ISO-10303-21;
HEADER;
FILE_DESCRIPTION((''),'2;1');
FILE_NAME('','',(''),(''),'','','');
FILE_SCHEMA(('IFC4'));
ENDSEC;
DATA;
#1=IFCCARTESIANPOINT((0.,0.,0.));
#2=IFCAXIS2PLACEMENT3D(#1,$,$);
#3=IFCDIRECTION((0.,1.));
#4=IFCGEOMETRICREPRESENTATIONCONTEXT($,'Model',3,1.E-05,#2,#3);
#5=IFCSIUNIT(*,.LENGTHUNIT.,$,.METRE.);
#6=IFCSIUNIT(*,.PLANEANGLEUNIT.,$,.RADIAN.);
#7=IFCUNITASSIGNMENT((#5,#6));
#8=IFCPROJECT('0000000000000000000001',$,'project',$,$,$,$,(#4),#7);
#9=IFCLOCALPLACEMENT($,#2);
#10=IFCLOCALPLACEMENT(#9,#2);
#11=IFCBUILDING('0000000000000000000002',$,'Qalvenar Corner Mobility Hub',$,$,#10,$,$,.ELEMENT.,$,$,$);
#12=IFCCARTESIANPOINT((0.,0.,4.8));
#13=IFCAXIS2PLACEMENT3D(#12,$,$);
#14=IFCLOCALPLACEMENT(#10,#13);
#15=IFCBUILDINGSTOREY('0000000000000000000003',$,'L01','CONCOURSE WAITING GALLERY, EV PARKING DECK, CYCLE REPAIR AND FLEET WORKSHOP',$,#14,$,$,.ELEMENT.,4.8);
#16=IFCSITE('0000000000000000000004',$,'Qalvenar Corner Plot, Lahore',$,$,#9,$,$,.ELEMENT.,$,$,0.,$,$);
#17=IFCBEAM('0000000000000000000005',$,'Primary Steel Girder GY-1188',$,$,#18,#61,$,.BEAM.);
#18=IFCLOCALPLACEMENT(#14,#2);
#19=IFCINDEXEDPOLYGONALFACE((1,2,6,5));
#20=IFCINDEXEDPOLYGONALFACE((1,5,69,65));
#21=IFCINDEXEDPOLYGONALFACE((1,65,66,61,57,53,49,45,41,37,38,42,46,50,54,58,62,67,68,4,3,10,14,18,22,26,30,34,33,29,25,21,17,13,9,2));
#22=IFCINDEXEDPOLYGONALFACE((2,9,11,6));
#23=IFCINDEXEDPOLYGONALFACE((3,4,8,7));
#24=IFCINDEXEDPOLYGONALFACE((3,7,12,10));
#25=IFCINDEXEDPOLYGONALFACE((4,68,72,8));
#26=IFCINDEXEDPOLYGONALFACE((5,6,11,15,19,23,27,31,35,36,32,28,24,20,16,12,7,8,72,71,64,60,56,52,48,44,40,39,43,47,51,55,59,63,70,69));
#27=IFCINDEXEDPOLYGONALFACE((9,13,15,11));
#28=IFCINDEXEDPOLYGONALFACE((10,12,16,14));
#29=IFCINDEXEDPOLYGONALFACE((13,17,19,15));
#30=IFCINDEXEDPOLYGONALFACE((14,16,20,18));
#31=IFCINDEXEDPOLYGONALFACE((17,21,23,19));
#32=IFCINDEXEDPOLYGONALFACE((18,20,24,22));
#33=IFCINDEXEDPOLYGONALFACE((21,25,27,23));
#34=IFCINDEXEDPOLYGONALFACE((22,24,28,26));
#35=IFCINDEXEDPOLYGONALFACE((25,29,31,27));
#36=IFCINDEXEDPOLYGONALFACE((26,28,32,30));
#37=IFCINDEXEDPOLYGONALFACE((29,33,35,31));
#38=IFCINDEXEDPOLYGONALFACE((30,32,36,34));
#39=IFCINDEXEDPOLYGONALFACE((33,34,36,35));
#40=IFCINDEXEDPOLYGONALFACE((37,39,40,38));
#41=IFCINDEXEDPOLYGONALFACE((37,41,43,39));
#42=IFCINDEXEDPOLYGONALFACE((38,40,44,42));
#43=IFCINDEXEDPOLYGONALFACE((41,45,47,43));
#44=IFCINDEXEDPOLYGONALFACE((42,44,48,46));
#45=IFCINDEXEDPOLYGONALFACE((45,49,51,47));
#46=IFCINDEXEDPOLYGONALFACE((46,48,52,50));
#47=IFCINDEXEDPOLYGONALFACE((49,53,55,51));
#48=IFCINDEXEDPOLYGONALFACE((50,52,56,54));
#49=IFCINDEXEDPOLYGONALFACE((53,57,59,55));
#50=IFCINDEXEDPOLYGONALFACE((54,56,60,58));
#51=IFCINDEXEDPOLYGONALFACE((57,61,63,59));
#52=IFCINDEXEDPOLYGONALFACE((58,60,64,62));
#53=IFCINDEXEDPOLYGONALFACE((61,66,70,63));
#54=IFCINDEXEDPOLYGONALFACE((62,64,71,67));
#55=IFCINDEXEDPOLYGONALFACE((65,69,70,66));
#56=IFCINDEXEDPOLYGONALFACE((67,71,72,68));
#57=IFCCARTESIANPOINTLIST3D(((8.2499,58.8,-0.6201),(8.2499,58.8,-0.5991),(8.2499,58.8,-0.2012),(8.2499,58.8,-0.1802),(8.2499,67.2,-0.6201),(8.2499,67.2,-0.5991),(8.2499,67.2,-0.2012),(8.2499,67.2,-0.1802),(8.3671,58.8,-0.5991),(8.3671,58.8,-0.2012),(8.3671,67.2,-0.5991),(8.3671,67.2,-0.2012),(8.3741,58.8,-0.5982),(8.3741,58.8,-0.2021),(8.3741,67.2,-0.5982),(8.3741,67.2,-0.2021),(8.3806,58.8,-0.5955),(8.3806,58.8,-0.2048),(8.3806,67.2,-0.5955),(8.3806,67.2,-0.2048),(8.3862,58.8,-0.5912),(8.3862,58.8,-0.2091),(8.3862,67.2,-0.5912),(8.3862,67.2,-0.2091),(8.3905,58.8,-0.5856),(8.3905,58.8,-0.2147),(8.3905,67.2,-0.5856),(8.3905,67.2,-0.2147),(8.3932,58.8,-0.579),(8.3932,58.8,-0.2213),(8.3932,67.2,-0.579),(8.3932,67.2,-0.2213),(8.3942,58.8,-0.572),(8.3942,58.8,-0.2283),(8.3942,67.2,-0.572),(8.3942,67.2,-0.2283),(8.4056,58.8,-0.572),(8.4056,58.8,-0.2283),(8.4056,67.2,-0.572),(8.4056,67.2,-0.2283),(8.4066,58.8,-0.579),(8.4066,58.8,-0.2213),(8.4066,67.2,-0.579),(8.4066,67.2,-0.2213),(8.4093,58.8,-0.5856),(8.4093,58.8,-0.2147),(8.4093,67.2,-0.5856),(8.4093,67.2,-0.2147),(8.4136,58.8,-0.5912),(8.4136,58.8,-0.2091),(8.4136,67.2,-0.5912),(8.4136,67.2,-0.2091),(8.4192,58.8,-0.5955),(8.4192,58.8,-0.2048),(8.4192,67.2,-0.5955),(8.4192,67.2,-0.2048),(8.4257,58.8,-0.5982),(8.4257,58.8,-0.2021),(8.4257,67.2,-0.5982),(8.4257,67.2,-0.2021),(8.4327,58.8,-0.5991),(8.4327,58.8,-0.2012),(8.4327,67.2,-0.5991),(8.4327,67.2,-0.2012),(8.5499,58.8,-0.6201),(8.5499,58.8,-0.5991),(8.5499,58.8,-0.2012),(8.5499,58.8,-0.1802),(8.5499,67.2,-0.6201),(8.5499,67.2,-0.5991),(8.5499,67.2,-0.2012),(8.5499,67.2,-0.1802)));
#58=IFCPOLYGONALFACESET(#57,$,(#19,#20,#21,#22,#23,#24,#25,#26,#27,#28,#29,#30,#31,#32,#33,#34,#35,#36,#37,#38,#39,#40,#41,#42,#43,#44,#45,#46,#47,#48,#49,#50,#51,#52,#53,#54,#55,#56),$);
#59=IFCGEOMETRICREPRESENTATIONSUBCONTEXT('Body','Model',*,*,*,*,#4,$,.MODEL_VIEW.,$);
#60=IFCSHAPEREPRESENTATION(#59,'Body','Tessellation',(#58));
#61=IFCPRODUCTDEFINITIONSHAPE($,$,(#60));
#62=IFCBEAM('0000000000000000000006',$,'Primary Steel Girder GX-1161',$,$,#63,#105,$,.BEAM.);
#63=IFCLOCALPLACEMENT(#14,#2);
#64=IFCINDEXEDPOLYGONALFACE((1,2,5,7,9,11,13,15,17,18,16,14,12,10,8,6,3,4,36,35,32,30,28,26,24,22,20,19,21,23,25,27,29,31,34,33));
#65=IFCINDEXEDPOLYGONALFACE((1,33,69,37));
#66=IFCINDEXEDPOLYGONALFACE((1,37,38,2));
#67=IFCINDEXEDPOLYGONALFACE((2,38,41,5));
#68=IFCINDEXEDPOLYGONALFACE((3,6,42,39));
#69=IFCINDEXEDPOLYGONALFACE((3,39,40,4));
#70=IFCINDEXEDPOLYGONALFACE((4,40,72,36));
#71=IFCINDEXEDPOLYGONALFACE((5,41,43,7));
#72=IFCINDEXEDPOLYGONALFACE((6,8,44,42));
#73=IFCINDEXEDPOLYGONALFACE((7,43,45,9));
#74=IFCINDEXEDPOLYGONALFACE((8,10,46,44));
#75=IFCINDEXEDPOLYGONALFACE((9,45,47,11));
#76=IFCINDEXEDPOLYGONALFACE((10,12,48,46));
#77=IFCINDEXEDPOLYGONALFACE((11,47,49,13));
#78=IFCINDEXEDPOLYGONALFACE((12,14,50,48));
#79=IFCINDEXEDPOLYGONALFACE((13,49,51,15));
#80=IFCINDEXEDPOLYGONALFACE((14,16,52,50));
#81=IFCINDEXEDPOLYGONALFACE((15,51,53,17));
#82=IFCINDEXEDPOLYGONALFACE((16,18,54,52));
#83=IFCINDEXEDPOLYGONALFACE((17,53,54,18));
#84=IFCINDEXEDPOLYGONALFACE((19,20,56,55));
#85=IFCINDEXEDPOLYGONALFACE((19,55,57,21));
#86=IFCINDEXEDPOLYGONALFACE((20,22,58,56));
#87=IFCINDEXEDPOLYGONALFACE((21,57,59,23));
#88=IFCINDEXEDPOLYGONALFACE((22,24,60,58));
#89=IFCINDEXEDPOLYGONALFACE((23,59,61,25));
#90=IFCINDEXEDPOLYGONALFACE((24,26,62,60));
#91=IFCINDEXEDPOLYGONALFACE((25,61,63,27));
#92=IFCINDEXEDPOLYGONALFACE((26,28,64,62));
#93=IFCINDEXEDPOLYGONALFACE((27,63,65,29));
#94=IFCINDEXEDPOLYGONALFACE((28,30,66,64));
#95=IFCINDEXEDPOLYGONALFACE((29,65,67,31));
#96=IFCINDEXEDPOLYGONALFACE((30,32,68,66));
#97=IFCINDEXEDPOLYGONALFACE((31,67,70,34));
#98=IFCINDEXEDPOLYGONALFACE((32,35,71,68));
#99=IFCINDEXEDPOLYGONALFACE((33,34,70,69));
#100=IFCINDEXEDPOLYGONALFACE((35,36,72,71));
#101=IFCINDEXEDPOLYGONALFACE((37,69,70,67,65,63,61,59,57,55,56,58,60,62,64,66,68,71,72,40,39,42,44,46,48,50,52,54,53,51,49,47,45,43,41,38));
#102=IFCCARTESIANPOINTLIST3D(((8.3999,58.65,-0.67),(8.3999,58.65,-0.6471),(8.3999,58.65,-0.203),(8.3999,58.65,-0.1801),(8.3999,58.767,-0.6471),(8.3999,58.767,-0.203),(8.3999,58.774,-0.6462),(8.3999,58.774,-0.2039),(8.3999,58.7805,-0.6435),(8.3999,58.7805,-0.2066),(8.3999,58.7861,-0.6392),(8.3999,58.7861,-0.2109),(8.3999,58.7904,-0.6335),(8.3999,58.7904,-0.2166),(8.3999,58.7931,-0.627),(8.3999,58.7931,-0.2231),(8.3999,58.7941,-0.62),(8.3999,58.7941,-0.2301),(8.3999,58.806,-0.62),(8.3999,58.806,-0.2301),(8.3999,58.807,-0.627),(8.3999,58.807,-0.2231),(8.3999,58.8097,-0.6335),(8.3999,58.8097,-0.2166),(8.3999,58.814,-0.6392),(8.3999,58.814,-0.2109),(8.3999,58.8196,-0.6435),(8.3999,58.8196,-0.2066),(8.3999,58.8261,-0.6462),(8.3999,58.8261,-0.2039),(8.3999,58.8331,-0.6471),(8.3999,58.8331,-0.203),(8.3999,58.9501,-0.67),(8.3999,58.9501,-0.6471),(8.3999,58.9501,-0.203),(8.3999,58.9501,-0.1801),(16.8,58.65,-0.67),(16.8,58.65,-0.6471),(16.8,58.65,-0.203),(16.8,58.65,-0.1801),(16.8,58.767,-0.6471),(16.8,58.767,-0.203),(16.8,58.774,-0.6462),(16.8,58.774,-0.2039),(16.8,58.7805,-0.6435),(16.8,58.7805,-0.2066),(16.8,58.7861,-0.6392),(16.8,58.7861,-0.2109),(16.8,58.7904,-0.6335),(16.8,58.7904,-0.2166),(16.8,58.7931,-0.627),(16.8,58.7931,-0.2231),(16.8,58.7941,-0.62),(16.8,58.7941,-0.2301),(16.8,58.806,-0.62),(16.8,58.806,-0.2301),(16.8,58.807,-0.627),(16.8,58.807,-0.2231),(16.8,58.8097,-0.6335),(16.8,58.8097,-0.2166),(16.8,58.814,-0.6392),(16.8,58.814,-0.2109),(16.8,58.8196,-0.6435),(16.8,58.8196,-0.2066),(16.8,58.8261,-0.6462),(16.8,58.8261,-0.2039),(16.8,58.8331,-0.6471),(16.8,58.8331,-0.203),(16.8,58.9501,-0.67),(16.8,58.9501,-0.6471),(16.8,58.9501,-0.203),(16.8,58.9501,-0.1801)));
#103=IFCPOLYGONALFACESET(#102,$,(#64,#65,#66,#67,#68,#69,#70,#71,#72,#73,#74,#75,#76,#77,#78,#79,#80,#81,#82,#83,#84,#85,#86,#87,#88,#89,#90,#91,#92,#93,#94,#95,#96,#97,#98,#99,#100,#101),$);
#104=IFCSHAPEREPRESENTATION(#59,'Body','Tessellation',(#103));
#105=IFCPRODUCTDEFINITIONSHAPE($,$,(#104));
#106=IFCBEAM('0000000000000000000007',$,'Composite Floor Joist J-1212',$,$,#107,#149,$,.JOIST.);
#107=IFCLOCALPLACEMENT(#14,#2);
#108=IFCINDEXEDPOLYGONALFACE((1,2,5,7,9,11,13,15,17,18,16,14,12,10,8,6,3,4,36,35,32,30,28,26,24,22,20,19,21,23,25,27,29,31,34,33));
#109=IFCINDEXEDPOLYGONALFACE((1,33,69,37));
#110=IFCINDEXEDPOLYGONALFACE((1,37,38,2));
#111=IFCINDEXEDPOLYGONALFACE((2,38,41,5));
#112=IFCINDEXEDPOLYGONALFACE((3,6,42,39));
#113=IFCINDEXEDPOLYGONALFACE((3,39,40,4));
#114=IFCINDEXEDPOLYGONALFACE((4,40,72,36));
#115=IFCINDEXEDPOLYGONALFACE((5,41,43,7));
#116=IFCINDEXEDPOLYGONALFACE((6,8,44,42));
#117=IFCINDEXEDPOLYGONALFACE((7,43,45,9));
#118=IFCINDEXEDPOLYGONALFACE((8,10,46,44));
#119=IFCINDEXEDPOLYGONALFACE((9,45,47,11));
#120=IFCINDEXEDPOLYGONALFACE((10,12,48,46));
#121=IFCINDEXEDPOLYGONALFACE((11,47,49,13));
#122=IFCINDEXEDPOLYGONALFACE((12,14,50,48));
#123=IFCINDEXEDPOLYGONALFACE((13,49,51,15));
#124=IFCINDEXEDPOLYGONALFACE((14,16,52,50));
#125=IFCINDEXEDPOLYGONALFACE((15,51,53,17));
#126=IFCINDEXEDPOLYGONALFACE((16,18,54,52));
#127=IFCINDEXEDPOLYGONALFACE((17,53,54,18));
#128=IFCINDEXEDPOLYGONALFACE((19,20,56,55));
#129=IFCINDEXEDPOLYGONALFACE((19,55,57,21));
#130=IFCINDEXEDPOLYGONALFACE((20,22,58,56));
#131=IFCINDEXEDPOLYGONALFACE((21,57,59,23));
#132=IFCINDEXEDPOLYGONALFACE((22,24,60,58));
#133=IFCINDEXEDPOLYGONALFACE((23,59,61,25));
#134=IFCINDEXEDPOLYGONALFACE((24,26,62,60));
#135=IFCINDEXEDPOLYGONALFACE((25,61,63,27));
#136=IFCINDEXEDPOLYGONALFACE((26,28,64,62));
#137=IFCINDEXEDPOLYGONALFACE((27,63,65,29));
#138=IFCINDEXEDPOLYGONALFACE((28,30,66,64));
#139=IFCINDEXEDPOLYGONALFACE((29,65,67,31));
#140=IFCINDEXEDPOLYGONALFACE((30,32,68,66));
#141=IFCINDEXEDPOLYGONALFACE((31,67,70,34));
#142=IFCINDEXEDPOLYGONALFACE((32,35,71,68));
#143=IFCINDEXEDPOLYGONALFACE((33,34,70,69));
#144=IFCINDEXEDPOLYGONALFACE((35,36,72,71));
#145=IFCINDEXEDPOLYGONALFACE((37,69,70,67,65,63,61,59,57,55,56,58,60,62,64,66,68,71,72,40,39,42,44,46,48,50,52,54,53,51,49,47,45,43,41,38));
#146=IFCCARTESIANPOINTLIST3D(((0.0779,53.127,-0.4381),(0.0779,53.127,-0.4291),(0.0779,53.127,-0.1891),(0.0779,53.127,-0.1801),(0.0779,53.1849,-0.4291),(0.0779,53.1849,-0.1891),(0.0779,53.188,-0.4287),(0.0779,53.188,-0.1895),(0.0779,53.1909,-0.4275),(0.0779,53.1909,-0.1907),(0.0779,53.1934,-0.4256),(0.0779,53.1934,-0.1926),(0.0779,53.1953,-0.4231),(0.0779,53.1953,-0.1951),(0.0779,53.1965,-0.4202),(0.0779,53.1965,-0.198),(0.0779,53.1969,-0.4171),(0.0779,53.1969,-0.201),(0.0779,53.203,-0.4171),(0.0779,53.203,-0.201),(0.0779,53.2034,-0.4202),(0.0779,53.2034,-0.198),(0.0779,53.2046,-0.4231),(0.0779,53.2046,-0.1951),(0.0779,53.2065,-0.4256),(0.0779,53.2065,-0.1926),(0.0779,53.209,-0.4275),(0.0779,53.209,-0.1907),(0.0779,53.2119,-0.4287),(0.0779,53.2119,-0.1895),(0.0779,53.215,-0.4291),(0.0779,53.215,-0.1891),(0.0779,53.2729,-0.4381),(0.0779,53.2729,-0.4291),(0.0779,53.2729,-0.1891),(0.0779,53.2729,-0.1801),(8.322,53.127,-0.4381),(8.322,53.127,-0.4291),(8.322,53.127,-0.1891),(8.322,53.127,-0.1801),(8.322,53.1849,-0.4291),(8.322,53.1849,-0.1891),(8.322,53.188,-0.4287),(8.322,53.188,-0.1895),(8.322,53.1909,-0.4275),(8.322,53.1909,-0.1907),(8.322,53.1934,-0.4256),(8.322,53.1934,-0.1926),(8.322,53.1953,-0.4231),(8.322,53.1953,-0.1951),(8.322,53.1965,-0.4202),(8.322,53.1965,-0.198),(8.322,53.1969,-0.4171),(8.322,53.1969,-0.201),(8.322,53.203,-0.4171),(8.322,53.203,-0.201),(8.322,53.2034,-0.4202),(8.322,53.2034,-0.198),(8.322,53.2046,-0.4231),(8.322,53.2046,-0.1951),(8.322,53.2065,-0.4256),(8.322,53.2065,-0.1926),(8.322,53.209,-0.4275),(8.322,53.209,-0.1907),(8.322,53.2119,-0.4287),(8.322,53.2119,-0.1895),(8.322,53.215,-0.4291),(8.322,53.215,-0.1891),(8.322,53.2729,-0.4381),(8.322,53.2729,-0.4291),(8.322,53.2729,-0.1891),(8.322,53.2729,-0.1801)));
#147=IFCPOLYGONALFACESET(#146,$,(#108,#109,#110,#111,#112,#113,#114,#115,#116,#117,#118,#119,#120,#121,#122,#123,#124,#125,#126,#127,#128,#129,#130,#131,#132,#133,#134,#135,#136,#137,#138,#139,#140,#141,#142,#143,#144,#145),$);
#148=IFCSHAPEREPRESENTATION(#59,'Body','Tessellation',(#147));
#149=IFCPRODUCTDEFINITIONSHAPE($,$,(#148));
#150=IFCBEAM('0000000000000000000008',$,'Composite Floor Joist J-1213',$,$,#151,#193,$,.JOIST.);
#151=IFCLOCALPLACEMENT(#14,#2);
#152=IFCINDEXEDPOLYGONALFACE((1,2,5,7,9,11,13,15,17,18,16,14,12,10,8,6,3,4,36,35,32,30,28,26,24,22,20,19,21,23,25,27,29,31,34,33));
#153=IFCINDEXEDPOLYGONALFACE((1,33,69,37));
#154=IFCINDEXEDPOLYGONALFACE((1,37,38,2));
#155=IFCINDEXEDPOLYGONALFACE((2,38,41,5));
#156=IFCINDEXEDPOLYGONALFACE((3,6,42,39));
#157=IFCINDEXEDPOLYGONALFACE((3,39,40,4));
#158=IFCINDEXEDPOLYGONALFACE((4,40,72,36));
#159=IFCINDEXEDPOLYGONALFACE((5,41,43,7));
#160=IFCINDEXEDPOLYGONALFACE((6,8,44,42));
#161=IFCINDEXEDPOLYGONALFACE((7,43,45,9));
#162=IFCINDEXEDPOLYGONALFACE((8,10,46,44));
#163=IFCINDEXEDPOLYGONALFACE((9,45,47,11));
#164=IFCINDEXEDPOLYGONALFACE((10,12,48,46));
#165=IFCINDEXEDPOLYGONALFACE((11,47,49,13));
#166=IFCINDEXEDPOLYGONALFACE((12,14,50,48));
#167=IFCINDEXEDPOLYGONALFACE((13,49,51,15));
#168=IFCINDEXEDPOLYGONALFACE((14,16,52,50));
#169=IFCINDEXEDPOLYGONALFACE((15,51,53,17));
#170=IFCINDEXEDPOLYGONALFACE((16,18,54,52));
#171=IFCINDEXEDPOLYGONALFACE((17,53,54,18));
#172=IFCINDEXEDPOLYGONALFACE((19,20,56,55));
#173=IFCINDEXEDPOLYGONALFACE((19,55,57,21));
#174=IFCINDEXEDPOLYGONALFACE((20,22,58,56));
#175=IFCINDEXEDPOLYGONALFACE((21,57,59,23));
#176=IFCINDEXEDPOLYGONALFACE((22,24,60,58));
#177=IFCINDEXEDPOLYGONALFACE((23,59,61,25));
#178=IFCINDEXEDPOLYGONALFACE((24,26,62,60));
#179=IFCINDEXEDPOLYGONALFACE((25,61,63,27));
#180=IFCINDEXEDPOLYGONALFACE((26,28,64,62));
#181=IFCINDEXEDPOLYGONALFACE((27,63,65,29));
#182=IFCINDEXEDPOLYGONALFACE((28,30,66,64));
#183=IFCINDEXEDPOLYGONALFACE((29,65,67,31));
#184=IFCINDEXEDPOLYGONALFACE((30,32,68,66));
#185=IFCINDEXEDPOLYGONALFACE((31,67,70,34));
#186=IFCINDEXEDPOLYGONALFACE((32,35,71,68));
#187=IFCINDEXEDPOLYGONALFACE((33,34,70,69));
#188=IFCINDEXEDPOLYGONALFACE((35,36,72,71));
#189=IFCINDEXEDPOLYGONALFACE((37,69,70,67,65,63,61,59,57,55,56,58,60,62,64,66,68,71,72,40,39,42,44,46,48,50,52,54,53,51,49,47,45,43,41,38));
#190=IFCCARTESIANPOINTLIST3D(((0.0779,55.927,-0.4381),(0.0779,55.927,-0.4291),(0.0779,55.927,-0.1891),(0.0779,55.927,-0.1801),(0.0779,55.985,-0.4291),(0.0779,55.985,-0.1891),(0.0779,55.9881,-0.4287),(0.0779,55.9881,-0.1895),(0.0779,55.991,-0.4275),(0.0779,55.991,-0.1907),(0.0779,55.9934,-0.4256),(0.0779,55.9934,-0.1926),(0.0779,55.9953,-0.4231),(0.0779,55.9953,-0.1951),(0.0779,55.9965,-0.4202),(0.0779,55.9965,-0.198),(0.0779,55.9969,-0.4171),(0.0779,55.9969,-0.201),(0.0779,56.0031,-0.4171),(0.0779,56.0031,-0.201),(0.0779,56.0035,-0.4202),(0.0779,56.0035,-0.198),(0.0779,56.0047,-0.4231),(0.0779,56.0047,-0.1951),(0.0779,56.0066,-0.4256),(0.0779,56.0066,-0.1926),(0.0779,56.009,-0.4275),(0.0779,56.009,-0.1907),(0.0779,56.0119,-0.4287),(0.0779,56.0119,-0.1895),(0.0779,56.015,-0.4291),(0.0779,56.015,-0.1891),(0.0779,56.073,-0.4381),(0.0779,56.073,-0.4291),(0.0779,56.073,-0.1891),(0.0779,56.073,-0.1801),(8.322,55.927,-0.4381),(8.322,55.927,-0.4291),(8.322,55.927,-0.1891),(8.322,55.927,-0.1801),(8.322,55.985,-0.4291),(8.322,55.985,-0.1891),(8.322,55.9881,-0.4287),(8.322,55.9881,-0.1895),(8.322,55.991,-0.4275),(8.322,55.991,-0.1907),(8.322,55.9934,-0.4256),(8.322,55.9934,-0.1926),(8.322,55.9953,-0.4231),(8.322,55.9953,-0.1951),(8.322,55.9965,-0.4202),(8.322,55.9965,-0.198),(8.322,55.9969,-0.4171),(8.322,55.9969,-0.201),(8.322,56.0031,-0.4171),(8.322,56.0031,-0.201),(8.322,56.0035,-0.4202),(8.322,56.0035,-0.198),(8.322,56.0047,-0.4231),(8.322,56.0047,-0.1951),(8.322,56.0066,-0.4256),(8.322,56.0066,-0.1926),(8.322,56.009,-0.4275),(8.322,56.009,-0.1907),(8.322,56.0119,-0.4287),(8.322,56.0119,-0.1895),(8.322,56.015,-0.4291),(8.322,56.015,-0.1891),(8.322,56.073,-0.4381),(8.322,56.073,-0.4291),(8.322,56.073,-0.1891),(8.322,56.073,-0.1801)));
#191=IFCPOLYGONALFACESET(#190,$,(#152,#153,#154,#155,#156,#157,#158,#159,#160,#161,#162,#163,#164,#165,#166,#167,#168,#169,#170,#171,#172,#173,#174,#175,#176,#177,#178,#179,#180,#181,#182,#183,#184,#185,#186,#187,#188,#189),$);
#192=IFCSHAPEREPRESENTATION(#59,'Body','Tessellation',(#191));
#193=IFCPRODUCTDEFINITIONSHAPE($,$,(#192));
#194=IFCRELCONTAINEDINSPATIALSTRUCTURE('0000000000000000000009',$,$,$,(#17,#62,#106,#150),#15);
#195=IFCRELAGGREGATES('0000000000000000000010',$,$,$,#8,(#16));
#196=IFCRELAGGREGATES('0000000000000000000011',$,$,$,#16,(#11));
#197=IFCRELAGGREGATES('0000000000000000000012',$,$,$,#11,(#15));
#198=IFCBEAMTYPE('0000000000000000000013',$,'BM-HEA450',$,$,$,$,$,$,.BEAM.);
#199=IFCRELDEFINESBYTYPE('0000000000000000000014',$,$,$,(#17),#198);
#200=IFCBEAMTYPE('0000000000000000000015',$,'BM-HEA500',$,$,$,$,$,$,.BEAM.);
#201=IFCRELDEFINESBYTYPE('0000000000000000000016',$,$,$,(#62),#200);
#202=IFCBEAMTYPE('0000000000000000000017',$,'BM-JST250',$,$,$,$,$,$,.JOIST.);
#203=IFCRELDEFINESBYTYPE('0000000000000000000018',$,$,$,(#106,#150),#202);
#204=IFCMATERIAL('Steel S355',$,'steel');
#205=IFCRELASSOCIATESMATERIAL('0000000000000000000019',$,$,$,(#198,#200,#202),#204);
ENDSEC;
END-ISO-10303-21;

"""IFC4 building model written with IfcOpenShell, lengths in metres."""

from ifc_helpers import new_model, si_unit, direction, frame, origin, origin_2d, place, context, subcontext, project, spatial, i_section, extrude, material, material_profile, profile_set, type_object, element, save


model = new_model("IFC4")

# Units and contexts
model_context = context("Model", 3, precision=1e-05, world=origin(), true_north=direction((0.0, 1.0)))
body_context = subcontext(model_context, "Body", "Model", "MODEL_VIEW")
ifc_project = project(units=[si_unit("LENGTHUNIT", "METRE"), si_unit("PLANEANGLEUNIT", "RADIAN")], contexts=[model_context])

# Site, building, storey
site_placement = place(None, origin())
site = spatial("IfcSite", under=ifc_project, at=site_placement, Name="Qalvenar Corner Plot, Lahore", CompositionType="ELEMENT", RefElevation=0.0)
building_placement = place(site_placement, origin())
building = spatial("IfcBuilding", under=site, at=building_placement, Name="Qalvenar Corner Mobility Hub", CompositionType="ELEMENT")
storey_placement = place(building_placement, frame((0.0, 0.0, 4.8)))
storey = spatial("IfcBuildingStorey", under=building, at=storey_placement, Name="L01", Description="CONCOURSE WAITING GALLERY, EV PARKING DECK, CYCLE REPAIR AND FLEET WORKSHOP", CompositionType="ELEMENT", Elevation=4.8)

# Beams
ifc_material_1 = material(Name="Steel S355", Category="steel")
ifc_material_profile_1 = material_profile(ifc_material_1, i_section(OverallWidth=0.3, OverallDepth=0.4399, WebThickness=0.0115, FlangeThickness=0.021, FilletRadius=0.0271, at=origin_2d()), Name="HEA450")
ifc_profile_set_1 = profile_set([ifc_material_profile_1], Name="Steel S355")
beam_type_1 = type_object("IfcBeamType", Name="BM-HEA450", PredefinedType="BEAM", material=ifc_profile_set_1)
beam_1_placement = place(storey_placement, frame((8.3999, 58.8, -0.4001), z_axis=(0.0, 1.0, 0.0), x_axis=(-1.0, 0.0, 0.0)))
element("IfcBeam", 1, at=beam_1_placement, inside=storey, type_object=beam_type_1, Name="Primary Steel Girder GY-1188", PredefinedType="BEAM", context=body_context, shape_type="SweptSolid", body=[
    extrude(i_section(OverallWidth=0.3, OverallDepth=0.4399, WebThickness=0.0115, FlangeThickness=0.021, FilletRadius=0.0271, at=origin_2d()), origin(), (0.0, 0.0, 1.0), 8.3999),
])
ifc_material_profile_2 = material_profile(ifc_material_1, i_section(OverallWidth=0.3, OverallDepth=0.49, WebThickness=0.012, FlangeThickness=0.0229, FilletRadius=0.0271, at=origin_2d()), Name="HEA500")
ifc_profile_set_2 = profile_set([ifc_material_profile_2], Name="Steel S355")
beam_type_2 = type_object("IfcBeamType", Name="BM-HEA500", PredefinedType="BEAM", material=ifc_profile_set_2)
beam_2_placement = place(storey_placement, frame((8.3999, 58.8, -0.425), z_axis=(1.0, 0.0, 0.0), x_axis=(0.0, 1.0, 0.0)))
element("IfcBeam", 2, at=beam_2_placement, inside=storey, type_object=beam_type_2, Name="Primary Steel Girder GX-1161", PredefinedType="BEAM", context=body_context, shape_type="SweptSolid", body=[
    extrude(i_section(OverallWidth=0.3, OverallDepth=0.49, WebThickness=0.012, FlangeThickness=0.0229, FilletRadius=0.0271, at=origin_2d()), origin(), (0.0, 0.0, 1.0), 8.4001),
])
ifc_material_profile_3 = material_profile(ifc_material_1, i_section(OverallWidth=0.146, OverallDepth=0.2581, WebThickness=0.0061, FlangeThickness=0.009, FilletRadius=0.012, at=origin_2d()), Name="W250x32.7")
ifc_profile_set_3 = profile_set([ifc_material_profile_3], Name="Steel S355")
beam_type_3 = type_object("IfcBeamType", Name="BM-JST250", PredefinedType="JOIST", material=ifc_profile_set_3)
for number, where, z_axis, x_axis, name in (
    (3, (0.0779, 53.2, -0.3091), (1.0, 0.0, 0.0), (0.0, 1.0, 0.0), "Composite Floor Joist J-1212"),
    (4, (0.0779, 56.0, -0.3091), (1.0, 0.0, 0.0), (0.0, 1.0, 0.0), "Composite Floor Joist J-1213"),
):
    element("IfcBeam", number, at=place(storey_placement, frame(where, z_axis=z_axis, x_axis=x_axis)), inside=storey, type_object=beam_type_3, Name=name, PredefinedType="JOIST", context=body_context, shape_type="SweptSolid", body=[
        extrude(i_section(OverallWidth=0.146, OverallDepth=0.2581, WebThickness=0.0061, FlangeThickness=0.009, FilletRadius=0.012, at=origin_2d()), origin(), (0.0, 0.0, 1.0), 8.2441),
    ])

save(model, "model.ifc")
